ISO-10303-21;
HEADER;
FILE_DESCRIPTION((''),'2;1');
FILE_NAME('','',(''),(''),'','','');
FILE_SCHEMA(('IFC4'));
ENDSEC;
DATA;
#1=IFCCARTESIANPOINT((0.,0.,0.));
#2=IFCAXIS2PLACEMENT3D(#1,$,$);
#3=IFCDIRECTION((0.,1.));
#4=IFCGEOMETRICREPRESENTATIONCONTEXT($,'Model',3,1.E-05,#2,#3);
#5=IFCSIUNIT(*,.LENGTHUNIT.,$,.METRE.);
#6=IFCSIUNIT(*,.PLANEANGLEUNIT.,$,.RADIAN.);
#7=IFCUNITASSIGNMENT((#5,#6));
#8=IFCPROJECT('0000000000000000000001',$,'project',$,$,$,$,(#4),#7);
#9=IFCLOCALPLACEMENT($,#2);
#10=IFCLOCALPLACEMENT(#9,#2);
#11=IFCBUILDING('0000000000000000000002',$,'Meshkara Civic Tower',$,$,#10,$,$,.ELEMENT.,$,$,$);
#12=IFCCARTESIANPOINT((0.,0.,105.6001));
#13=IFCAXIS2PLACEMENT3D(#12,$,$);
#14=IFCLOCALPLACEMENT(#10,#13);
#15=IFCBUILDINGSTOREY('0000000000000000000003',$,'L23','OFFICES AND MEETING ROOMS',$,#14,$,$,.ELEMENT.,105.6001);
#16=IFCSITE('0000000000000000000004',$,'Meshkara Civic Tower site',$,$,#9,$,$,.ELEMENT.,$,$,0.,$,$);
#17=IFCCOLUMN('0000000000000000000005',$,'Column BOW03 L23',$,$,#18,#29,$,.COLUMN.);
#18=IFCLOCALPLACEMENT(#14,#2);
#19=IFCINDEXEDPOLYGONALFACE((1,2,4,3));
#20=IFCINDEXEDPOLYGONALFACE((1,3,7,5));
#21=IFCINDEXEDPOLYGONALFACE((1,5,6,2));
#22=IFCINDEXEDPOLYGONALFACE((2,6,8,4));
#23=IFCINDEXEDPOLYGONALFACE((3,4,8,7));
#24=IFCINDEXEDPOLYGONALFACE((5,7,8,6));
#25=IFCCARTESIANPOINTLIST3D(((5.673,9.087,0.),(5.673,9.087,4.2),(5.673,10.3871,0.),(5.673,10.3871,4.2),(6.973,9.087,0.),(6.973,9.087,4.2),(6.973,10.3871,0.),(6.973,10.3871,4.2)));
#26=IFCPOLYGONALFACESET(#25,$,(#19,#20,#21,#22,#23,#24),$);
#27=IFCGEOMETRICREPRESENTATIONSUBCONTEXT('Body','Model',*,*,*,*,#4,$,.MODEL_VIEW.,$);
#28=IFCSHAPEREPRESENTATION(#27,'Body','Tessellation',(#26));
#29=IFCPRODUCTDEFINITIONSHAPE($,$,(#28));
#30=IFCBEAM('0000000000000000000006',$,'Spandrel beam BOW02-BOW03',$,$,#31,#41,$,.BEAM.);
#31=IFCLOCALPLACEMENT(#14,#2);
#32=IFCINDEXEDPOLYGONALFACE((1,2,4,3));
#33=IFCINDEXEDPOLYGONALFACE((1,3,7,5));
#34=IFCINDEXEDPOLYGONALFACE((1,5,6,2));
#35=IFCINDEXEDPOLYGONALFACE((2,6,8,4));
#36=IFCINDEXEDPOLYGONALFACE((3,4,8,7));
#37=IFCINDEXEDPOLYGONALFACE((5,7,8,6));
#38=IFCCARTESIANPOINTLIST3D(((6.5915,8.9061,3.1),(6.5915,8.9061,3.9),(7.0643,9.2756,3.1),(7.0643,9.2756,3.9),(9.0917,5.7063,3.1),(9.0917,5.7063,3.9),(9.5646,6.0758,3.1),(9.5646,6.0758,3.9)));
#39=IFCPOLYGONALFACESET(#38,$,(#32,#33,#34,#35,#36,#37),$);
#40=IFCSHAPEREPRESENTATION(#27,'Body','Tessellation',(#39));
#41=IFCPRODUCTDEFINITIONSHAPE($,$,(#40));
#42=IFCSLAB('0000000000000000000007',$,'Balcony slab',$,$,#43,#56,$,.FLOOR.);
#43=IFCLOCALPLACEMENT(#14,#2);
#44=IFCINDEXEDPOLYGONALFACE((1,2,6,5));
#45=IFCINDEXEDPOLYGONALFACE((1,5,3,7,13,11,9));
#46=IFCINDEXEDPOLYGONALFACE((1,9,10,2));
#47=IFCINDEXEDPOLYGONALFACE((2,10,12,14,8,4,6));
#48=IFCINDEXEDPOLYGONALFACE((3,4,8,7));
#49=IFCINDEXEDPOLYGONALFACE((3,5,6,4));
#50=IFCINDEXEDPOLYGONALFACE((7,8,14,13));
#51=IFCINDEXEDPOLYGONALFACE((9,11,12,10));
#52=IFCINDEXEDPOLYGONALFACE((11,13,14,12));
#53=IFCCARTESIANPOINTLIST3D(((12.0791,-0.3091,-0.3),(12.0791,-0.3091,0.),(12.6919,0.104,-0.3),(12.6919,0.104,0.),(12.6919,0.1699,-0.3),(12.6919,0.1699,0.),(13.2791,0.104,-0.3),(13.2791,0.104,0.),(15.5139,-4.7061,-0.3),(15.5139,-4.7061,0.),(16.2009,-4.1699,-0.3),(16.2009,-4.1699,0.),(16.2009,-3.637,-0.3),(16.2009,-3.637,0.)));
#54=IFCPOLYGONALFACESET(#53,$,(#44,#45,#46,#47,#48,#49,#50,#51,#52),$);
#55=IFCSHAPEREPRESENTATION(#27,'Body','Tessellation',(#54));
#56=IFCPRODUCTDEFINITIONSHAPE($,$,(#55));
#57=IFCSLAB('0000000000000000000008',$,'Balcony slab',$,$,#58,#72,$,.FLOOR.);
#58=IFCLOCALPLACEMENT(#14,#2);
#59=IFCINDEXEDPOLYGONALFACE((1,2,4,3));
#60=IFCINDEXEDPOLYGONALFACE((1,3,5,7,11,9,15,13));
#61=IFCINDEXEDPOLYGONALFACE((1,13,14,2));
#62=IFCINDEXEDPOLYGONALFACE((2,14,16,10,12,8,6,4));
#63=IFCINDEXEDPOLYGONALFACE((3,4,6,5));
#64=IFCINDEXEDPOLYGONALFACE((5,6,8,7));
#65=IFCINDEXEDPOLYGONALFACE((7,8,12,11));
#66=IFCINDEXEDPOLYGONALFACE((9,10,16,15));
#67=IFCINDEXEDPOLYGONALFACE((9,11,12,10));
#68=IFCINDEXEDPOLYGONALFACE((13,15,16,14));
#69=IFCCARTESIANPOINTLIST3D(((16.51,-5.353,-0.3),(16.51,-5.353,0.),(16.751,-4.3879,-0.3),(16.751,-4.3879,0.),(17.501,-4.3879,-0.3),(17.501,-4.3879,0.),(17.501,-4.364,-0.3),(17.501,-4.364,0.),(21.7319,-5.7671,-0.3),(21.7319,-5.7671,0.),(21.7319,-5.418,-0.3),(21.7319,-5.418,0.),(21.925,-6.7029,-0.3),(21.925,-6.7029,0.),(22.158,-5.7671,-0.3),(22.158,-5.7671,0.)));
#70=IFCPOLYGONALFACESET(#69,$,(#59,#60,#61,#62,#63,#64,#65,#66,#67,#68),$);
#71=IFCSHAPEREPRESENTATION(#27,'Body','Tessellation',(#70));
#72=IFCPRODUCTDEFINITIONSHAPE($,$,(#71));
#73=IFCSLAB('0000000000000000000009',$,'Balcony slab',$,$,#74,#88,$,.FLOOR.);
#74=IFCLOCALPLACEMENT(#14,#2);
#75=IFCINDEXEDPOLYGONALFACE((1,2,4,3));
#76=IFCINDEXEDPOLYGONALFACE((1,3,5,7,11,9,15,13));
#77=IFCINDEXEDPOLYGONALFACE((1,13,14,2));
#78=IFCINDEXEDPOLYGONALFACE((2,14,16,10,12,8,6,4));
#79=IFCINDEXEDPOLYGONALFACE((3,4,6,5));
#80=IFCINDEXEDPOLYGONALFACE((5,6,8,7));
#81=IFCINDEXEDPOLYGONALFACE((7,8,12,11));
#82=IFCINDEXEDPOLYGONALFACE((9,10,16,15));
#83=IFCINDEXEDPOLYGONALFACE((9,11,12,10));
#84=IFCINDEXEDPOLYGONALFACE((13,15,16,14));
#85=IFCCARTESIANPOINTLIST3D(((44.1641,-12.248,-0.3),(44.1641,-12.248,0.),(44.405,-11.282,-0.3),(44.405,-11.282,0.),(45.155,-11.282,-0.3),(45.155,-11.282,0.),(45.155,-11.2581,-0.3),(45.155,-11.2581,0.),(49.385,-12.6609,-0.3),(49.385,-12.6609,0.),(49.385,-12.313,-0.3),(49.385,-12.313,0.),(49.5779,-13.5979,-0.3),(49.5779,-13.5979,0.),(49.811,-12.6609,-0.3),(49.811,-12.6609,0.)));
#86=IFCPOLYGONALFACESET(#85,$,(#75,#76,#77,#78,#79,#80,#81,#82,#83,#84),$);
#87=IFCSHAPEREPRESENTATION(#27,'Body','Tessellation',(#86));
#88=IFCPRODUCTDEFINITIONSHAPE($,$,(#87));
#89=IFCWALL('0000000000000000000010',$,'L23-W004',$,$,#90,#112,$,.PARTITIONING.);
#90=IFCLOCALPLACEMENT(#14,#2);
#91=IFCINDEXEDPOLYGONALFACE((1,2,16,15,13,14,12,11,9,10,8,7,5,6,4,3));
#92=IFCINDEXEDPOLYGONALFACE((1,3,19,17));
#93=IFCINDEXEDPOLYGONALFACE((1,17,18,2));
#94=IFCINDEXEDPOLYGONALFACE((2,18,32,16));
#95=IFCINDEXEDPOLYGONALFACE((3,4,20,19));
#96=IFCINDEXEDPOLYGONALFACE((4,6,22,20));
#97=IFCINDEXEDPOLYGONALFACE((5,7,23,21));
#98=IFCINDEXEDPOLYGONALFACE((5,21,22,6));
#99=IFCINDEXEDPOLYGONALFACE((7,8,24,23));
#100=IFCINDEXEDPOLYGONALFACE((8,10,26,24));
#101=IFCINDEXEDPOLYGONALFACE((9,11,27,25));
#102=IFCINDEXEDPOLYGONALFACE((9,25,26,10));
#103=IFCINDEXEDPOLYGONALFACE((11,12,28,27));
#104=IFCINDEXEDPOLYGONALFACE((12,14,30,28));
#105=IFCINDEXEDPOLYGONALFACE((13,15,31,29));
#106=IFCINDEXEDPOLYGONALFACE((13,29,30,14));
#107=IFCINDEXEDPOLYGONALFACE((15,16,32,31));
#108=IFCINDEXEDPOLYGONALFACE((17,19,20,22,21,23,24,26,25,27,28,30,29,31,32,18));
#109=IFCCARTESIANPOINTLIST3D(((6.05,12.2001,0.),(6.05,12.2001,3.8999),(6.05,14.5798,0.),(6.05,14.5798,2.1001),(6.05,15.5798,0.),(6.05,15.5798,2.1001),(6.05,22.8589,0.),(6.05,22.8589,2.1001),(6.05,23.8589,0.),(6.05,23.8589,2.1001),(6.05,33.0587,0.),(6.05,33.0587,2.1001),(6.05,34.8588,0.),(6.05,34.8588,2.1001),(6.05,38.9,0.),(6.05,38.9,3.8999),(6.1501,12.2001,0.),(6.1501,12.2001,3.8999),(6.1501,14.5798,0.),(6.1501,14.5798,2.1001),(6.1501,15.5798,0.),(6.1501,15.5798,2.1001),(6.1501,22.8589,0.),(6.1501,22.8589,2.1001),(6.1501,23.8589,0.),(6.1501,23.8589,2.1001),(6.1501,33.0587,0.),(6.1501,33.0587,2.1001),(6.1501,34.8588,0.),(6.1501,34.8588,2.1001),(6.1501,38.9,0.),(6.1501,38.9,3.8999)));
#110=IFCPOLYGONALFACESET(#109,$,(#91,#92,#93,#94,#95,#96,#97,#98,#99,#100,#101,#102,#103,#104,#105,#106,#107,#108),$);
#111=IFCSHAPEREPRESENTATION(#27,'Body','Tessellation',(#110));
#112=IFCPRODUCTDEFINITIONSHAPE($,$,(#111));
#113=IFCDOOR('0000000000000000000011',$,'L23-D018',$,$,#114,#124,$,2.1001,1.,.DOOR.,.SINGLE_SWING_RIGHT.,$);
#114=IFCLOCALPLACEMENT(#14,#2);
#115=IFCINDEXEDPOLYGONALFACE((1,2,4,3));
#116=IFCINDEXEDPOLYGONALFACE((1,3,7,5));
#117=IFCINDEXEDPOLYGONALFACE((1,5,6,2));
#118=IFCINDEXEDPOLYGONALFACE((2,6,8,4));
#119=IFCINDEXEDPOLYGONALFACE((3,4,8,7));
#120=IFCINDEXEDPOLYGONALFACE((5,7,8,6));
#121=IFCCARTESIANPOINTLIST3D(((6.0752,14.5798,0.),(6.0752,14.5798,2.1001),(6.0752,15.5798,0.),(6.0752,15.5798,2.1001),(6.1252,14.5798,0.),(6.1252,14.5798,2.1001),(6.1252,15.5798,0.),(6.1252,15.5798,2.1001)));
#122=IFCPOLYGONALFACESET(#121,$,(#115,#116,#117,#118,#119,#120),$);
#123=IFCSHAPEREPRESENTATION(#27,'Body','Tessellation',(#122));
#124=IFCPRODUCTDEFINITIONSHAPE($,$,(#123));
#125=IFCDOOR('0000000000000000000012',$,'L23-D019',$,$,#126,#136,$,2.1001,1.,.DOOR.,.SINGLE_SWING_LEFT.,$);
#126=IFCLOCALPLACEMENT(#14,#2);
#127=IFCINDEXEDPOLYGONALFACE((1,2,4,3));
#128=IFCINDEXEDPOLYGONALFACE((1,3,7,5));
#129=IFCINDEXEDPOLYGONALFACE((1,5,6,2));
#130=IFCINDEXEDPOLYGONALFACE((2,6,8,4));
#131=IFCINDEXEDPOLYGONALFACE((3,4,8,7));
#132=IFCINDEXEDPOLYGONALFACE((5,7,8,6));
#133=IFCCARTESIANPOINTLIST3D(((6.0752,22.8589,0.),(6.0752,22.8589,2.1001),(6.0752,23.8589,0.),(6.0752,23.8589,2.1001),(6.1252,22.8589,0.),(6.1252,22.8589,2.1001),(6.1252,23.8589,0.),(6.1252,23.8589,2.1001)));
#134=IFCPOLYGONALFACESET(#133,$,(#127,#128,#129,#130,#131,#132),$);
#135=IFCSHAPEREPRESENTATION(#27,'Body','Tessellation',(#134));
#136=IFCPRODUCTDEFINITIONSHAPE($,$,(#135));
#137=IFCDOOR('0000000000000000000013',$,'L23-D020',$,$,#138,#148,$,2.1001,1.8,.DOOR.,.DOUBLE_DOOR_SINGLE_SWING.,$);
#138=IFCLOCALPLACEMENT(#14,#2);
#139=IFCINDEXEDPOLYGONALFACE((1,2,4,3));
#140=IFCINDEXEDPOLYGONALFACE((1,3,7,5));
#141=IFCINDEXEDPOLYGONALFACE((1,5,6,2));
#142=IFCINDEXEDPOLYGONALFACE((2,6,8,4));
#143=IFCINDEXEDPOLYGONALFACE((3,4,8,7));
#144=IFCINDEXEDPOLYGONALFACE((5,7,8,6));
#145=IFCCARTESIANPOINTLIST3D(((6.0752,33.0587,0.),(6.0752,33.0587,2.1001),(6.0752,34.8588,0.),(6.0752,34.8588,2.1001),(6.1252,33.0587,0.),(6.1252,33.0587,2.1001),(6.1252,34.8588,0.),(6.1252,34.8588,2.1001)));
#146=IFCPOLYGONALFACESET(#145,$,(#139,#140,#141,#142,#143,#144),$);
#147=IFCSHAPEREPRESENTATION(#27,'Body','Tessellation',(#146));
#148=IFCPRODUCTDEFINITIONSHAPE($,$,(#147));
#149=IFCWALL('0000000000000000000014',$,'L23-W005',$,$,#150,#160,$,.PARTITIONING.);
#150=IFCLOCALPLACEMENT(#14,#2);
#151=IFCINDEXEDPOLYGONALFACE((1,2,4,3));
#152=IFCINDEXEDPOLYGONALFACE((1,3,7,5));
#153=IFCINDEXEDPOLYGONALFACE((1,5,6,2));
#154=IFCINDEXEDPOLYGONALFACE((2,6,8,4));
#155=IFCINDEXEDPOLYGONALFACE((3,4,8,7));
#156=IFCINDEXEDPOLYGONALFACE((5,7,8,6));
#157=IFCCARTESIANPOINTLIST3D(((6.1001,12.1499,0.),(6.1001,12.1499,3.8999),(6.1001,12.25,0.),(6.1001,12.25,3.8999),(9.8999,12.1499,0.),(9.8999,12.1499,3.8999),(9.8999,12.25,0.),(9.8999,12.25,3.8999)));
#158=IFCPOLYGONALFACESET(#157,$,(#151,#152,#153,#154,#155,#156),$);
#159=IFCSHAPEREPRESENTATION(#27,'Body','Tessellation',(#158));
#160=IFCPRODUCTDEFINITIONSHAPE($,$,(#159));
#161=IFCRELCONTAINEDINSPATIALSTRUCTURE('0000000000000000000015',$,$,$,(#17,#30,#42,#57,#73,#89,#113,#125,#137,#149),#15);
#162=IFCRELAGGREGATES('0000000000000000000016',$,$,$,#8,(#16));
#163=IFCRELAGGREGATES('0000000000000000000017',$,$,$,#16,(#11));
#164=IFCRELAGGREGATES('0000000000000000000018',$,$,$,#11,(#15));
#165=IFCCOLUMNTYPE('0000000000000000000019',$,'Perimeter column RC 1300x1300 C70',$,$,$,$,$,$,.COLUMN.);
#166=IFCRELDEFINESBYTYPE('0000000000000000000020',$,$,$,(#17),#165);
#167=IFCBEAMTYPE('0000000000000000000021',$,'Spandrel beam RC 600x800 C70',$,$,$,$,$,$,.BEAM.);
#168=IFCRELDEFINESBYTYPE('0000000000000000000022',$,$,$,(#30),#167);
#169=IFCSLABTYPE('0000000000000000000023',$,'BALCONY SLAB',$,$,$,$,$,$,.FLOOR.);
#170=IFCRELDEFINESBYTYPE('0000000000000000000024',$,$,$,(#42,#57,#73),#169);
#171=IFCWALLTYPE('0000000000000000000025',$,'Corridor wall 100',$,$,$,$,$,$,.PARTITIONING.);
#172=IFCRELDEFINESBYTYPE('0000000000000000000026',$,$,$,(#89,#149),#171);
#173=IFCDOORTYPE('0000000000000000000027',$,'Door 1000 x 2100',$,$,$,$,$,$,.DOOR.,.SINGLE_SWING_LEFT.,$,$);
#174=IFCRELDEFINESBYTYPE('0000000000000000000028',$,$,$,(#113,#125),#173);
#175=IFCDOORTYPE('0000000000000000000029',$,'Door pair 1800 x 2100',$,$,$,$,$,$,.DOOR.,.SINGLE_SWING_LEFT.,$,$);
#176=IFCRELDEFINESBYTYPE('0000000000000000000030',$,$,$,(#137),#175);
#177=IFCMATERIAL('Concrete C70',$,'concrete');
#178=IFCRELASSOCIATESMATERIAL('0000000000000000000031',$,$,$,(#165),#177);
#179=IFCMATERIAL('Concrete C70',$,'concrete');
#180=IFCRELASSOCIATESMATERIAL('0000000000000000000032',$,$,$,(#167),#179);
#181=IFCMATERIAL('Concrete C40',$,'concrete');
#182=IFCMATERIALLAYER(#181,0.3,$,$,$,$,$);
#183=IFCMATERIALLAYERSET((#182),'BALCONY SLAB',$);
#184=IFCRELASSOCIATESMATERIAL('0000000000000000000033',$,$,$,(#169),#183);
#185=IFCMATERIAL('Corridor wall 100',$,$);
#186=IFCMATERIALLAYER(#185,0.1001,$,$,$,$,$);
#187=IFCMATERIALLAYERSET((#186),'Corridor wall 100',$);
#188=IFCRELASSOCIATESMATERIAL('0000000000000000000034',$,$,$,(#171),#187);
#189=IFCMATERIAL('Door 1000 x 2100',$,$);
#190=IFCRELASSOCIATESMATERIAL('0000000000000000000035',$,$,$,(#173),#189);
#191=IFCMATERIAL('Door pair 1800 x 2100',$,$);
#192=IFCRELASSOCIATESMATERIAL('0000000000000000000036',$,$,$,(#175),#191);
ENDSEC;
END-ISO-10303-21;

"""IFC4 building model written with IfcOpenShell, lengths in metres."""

from ifc_helpers import new_model, si_unit, direction, frame, frame_2d, origin, origin_2d, place, context, subcontext, project, spatial, polyline, rectangle, outline, extrude, material, layer, layer_set, material_profile, profile_set, type_object, element, fill, save


model = new_model("IFC4")

# Units and contexts
model_context = context("Model", 3, precision=1e-05, world=origin(), true_north=direction((0.0, 1.0)))
body_context = subcontext(model_context, "Body", "Model", "MODEL_VIEW")
ifc_project = project(units=[si_unit("LENGTHUNIT", "METRE"), si_unit("PLANEANGLEUNIT", "RADIAN")], contexts=[model_context])

# Site, building, storey
site_placement = place(None, origin())
site = spatial("IfcSite", under=ifc_project, at=site_placement, Name="Meshkara Civic Tower site", CompositionType="ELEMENT", RefElevation=0.0)
building_placement = place(site_placement, origin())
building = spatial("IfcBuilding", under=site, at=building_placement, Name="Meshkara Civic Tower", CompositionType="ELEMENT")
storey_placement = place(building_placement, frame((0.0, 0.0, 105.6001)))
storey = spatial("IfcBuildingStorey", under=building, at=storey_placement, Name="L23", Description="OFFICES AND MEETING ROOMS", CompositionType="ELEMENT", Elevation=105.6001)

# Column
ifc_material_1 = material(Name="Concrete C70", Category="concrete")
ifc_material_profile_1 = material_profile(ifc_material_1, rectangle(XDim=1.3, YDim=1.3, at=origin_2d()))
ifc_profile_set_1 = profile_set([ifc_material_profile_1], Name="Concrete C70")
column_type = type_object("IfcColumnType", Name="Perimeter column RC 1300x1300 C70", PredefinedType="COLUMN", material=ifc_profile_set_1)
column_placement = place(storey_placement, frame((6.323, 9.7371, 0.0), z_axis=(0.0, 0.0, 1.0), x_axis=(1.0, 0.0, 0.0)))
element("IfcColumn", 1, at=column_placement, inside=storey, type_object=column_type, Name="Column BOW03 L23", PredefinedType="COLUMN", context=body_context, shape_type="SweptSolid", body=[
    extrude(rectangle(XDim=1.3, YDim=1.3, at=origin_2d()), origin(), (0.0, 0.0, 1.0), 4.2),
])

# Beam
ifc_material_2 = material(Name="Concrete C70", Category="concrete")
ifc_material_profile_2 = material_profile(ifc_material_2, rectangle(XDim=0.6001, YDim=0.8, at=origin_2d()))
ifc_profile_set_2 = profile_set([ifc_material_profile_2], Name="Concrete C70")
beam_type = type_object("IfcBeamType", Name="Spandrel beam RC 600x800 C70", PredefinedType="BEAM", material=ifc_profile_set_2)
beam_placement = place(storey_placement, frame((6.8279, 9.0908, 3.5), z_axis=(0.615716, -0.787968, 0.0), x_axis=(0.787968, 0.615716, 0.0)))
element("IfcBeam", 2, at=beam_placement, inside=storey, type_object=beam_type, Name="Spandrel beam BOW02-BOW03", PredefinedType="BEAM", context=body_context, shape_type="SweptSolid", body=[
    extrude(rectangle(XDim=0.6001, YDim=0.8, at=origin_2d()), origin(), (0.0, 0.0, 1.0), 4.0608),
])

# Slabs
ifc_material_3 = material(Name="Concrete C40", Category="concrete")
ifc_layer_1 = layer(ifc_material_3, 0.3)
ifc_layer_set_1 = layer_set([ifc_layer_1], Name="BALCONY SLAB")
slab_type = type_object("IfcSlabType", Name="BALCONY SLAB", PredefinedType="FLOOR", material=ifc_layer_set_1)
slab_1_placement = place(storey_placement, frame((0.0, 0.0, -0.3)))
element("IfcSlab", 3, at=slab_1_placement, inside=storey, type_object=slab_type, Name="Balcony slab", PredefinedType="FLOOR", context=body_context, shape_type="SweptSolid", body=[
    extrude(outline(polyline([(15.5139, -4.7061), (12.0791, -0.3091), (12.6919, 0.1699), (12.6919, 0.104), (13.2791, 0.104), (16.2009, -3.637), (16.2009, -4.1699), (15.5139, -4.7061)])), origin(), (0.0, 0.0, 1.0), 0.3),
])
slab_2_placement = place(storey_placement, frame((0.0, 0.0, -0.3)))
element("IfcSlab", 4, at=slab_2_placement, inside=storey, type_object=slab_type, Name="Balcony slab", PredefinedType="FLOOR", context=body_context, shape_type="SweptSolid", body=[
    extrude(outline(polyline([(21.925, -6.7029), (16.51, -5.353), (16.751, -4.3879), (17.501, -4.3879), (17.501, -4.364), (21.7319, -5.418), (21.7319, -5.7671), (22.158, -5.7671), (21.925, -6.7029)])), origin(), (0.0, 0.0, 1.0), 0.3),
])
slab_3_placement = place(storey_placement, frame((0.0, 0.0, -0.3)))
element("IfcSlab", 5, at=slab_3_placement, inside=storey, type_object=slab_type, Name="Balcony slab", PredefinedType="FLOOR", context=body_context, shape_type="SweptSolid", body=[
    extrude(outline(polyline([(49.5779, -13.5979), (44.1641, -12.248), (44.405, -11.282), (45.155, -11.282), (45.155, -11.2581), (49.385, -12.313), (49.385, -12.6609), (49.811, -12.6609), (49.5779, -13.5979)])), origin(), (0.0, 0.0, 1.0), 0.3),
])

# Wall, openings, doors
ifc_material_4 = material(Name="Corridor wall 100")
ifc_layer_2 = layer(ifc_material_4, 0.1001)
ifc_layer_set_2 = layer_set([ifc_layer_2], Name="Corridor wall 100")
wall_type_1 = type_object("IfcWallType", Name="Corridor wall 100", PredefinedType="PARTITIONING", material=ifc_layer_set_2)
wall_1_placement = place(storey_placement, frame((6.1001, 12.2, 0.0), z_axis=(0.0, 0.0, 1.0), x_axis=(0.0, 1.0, 0.0)))
wall_1 = element("IfcWall", 6, at=wall_1_placement, inside=storey, type_object=wall_type_1, Name="L23-W004", PredefinedType="PARTITIONING", context=body_context, shape_type="SweptSolid", body=[
    extrude(rectangle(XDim=26.7, YDim=0.1001, at=frame_2d((13.3501, 0.0))), origin(), (0.0, 0.0, 1.0), 3.8999),
])
opening_1_placement = place(wall_1_placement, frame((2.3799, 0.0, 0.0)))
opening_1 = element("IfcOpeningElement", 7, at=opening_1_placement, cuts=wall_1, PredefinedType="OPENING", context=body_context, shape_type="SweptSolid", body=[
    extrude(rectangle(XDim=1.0, YDim=2.1001, at=frame_2d((0.5, 1.05))), frame((0.0, 0.0601, 0.0), z_axis=(0.0, -1.0, 0.0), x_axis=(1.0, 0.0, 0.0)), (0.0, 0.0, 1.0), 0.1201),
])
opening_2_placement = place(wall_1_placement, frame((10.6589, 0.0, 0.0)))
opening_2 = element("IfcOpeningElement", 8, at=opening_2_placement, cuts=wall_1, PredefinedType="OPENING", context=body_context, shape_type="SweptSolid", body=[
    extrude(rectangle(XDim=1.0, YDim=2.1001, at=frame_2d((0.5, 1.05))), frame((0.0, 0.0601, 0.0), z_axis=(0.0, -1.0, 0.0), x_axis=(1.0, 0.0, 0.0)), (0.0, 0.0, 1.0), 0.1201),
])
opening_3_placement = place(wall_1_placement, frame((20.8589, 0.0, 0.0)))
opening_3 = element("IfcOpeningElement", 9, at=opening_3_placement, cuts=wall_1, PredefinedType="OPENING", context=body_context, shape_type="SweptSolid", body=[
    extrude(rectangle(XDim=1.8, YDim=2.1001, at=frame_2d((0.8999, 1.05))), frame((0.0, 0.0601, 0.0), z_axis=(0.0, -1.0, 0.0), x_axis=(1.0, 0.0, 0.0)), (0.0, 0.0, 1.0), 0.1201),
])
ifc_material_5 = material(Name="Door 1000 x 2100")
door_type_1 = type_object("IfcDoorType", Name="Door 1000 x 2100", OperationType="SINGLE_SWING_LEFT", PredefinedType="DOOR", material=ifc_material_5)
door_1_placement = place(opening_1_placement, origin())
door_1 = element("IfcDoor", 10, at=door_1_placement, inside=storey, type_object=door_type_1, Name="L23-D018", OperationType="SINGLE_SWING_RIGHT", OverallHeight=2.1001, OverallWidth=1.0, PredefinedType="DOOR", context=body_context, shape_type="SweptSolid", body=[
    extrude(rectangle(XDim=1.0, YDim=2.1001, at=frame_2d((0.5, 1.05))), frame((0.0, 0.0249, 0.0), z_axis=(0.0, -1.0, 0.0), x_axis=(1.0, 0.0, 0.0)), (0.0, 0.0, 1.0), 0.05),
])
fill(opening_1, door_1)
door_2_placement = place(opening_2_placement, origin())
door_2 = element("IfcDoor", 11, at=door_2_placement, inside=storey, type_object=door_type_1, Name="L23-D019", OperationType="SINGLE_SWING_LEFT", OverallHeight=2.1001, OverallWidth=1.0, PredefinedType="DOOR", context=body_context, shape_type="SweptSolid", body=[
    extrude(rectangle(XDim=1.0, YDim=2.1001, at=frame_2d((0.5, 1.05))), frame((0.0, 0.0249, 0.0), z_axis=(0.0, -1.0, 0.0), x_axis=(1.0, 0.0, 0.0)), (0.0, 0.0, 1.0), 0.05),
])
fill(opening_2, door_2)
ifc_material_6 = material(Name="Door pair 1800 x 2100")
door_type_2 = type_object("IfcDoorType", Name="Door pair 1800 x 2100", OperationType="SINGLE_SWING_LEFT", PredefinedType="DOOR", material=ifc_material_6)
door_3_placement = place(opening_3_placement, origin())
door_3 = element("IfcDoor", 12, at=door_3_placement, inside=storey, type_object=door_type_2, Name="L23-D020", OperationType="DOUBLE_DOOR_SINGLE_SWING", OverallHeight=2.1001, OverallWidth=1.8, PredefinedType="DOOR", context=body_context, shape_type="SweptSolid", body=[
    extrude(rectangle(XDim=1.8, YDim=2.1001, at=frame_2d((0.8999, 1.05))), frame((0.0, 0.0249, 0.0), z_axis=(0.0, -1.0, 0.0), x_axis=(1.0, 0.0, 0.0)), (0.0, 0.0, 1.0), 0.05),
])
fill(opening_3, door_3)

# Wall
wall_2_placement = place(storey_placement, frame((6.1001, 12.2, 0.0), z_axis=(0.0, 0.0, 1.0), x_axis=(1.0, 0.0, 0.0)))
element("IfcWall", 13, at=wall_2_placement, inside=storey, type_object=wall_type_1, Name="L23-W005", PredefinedType="PARTITIONING", context=body_context, shape_type="SweptSolid", body=[
    extrude(rectangle(XDim=3.7998, YDim=0.1001, at=frame_2d((1.8999, 0.0))), origin(), (0.0, 0.0, 1.0), 3.8999),
])

save(model, "model.ifc")
